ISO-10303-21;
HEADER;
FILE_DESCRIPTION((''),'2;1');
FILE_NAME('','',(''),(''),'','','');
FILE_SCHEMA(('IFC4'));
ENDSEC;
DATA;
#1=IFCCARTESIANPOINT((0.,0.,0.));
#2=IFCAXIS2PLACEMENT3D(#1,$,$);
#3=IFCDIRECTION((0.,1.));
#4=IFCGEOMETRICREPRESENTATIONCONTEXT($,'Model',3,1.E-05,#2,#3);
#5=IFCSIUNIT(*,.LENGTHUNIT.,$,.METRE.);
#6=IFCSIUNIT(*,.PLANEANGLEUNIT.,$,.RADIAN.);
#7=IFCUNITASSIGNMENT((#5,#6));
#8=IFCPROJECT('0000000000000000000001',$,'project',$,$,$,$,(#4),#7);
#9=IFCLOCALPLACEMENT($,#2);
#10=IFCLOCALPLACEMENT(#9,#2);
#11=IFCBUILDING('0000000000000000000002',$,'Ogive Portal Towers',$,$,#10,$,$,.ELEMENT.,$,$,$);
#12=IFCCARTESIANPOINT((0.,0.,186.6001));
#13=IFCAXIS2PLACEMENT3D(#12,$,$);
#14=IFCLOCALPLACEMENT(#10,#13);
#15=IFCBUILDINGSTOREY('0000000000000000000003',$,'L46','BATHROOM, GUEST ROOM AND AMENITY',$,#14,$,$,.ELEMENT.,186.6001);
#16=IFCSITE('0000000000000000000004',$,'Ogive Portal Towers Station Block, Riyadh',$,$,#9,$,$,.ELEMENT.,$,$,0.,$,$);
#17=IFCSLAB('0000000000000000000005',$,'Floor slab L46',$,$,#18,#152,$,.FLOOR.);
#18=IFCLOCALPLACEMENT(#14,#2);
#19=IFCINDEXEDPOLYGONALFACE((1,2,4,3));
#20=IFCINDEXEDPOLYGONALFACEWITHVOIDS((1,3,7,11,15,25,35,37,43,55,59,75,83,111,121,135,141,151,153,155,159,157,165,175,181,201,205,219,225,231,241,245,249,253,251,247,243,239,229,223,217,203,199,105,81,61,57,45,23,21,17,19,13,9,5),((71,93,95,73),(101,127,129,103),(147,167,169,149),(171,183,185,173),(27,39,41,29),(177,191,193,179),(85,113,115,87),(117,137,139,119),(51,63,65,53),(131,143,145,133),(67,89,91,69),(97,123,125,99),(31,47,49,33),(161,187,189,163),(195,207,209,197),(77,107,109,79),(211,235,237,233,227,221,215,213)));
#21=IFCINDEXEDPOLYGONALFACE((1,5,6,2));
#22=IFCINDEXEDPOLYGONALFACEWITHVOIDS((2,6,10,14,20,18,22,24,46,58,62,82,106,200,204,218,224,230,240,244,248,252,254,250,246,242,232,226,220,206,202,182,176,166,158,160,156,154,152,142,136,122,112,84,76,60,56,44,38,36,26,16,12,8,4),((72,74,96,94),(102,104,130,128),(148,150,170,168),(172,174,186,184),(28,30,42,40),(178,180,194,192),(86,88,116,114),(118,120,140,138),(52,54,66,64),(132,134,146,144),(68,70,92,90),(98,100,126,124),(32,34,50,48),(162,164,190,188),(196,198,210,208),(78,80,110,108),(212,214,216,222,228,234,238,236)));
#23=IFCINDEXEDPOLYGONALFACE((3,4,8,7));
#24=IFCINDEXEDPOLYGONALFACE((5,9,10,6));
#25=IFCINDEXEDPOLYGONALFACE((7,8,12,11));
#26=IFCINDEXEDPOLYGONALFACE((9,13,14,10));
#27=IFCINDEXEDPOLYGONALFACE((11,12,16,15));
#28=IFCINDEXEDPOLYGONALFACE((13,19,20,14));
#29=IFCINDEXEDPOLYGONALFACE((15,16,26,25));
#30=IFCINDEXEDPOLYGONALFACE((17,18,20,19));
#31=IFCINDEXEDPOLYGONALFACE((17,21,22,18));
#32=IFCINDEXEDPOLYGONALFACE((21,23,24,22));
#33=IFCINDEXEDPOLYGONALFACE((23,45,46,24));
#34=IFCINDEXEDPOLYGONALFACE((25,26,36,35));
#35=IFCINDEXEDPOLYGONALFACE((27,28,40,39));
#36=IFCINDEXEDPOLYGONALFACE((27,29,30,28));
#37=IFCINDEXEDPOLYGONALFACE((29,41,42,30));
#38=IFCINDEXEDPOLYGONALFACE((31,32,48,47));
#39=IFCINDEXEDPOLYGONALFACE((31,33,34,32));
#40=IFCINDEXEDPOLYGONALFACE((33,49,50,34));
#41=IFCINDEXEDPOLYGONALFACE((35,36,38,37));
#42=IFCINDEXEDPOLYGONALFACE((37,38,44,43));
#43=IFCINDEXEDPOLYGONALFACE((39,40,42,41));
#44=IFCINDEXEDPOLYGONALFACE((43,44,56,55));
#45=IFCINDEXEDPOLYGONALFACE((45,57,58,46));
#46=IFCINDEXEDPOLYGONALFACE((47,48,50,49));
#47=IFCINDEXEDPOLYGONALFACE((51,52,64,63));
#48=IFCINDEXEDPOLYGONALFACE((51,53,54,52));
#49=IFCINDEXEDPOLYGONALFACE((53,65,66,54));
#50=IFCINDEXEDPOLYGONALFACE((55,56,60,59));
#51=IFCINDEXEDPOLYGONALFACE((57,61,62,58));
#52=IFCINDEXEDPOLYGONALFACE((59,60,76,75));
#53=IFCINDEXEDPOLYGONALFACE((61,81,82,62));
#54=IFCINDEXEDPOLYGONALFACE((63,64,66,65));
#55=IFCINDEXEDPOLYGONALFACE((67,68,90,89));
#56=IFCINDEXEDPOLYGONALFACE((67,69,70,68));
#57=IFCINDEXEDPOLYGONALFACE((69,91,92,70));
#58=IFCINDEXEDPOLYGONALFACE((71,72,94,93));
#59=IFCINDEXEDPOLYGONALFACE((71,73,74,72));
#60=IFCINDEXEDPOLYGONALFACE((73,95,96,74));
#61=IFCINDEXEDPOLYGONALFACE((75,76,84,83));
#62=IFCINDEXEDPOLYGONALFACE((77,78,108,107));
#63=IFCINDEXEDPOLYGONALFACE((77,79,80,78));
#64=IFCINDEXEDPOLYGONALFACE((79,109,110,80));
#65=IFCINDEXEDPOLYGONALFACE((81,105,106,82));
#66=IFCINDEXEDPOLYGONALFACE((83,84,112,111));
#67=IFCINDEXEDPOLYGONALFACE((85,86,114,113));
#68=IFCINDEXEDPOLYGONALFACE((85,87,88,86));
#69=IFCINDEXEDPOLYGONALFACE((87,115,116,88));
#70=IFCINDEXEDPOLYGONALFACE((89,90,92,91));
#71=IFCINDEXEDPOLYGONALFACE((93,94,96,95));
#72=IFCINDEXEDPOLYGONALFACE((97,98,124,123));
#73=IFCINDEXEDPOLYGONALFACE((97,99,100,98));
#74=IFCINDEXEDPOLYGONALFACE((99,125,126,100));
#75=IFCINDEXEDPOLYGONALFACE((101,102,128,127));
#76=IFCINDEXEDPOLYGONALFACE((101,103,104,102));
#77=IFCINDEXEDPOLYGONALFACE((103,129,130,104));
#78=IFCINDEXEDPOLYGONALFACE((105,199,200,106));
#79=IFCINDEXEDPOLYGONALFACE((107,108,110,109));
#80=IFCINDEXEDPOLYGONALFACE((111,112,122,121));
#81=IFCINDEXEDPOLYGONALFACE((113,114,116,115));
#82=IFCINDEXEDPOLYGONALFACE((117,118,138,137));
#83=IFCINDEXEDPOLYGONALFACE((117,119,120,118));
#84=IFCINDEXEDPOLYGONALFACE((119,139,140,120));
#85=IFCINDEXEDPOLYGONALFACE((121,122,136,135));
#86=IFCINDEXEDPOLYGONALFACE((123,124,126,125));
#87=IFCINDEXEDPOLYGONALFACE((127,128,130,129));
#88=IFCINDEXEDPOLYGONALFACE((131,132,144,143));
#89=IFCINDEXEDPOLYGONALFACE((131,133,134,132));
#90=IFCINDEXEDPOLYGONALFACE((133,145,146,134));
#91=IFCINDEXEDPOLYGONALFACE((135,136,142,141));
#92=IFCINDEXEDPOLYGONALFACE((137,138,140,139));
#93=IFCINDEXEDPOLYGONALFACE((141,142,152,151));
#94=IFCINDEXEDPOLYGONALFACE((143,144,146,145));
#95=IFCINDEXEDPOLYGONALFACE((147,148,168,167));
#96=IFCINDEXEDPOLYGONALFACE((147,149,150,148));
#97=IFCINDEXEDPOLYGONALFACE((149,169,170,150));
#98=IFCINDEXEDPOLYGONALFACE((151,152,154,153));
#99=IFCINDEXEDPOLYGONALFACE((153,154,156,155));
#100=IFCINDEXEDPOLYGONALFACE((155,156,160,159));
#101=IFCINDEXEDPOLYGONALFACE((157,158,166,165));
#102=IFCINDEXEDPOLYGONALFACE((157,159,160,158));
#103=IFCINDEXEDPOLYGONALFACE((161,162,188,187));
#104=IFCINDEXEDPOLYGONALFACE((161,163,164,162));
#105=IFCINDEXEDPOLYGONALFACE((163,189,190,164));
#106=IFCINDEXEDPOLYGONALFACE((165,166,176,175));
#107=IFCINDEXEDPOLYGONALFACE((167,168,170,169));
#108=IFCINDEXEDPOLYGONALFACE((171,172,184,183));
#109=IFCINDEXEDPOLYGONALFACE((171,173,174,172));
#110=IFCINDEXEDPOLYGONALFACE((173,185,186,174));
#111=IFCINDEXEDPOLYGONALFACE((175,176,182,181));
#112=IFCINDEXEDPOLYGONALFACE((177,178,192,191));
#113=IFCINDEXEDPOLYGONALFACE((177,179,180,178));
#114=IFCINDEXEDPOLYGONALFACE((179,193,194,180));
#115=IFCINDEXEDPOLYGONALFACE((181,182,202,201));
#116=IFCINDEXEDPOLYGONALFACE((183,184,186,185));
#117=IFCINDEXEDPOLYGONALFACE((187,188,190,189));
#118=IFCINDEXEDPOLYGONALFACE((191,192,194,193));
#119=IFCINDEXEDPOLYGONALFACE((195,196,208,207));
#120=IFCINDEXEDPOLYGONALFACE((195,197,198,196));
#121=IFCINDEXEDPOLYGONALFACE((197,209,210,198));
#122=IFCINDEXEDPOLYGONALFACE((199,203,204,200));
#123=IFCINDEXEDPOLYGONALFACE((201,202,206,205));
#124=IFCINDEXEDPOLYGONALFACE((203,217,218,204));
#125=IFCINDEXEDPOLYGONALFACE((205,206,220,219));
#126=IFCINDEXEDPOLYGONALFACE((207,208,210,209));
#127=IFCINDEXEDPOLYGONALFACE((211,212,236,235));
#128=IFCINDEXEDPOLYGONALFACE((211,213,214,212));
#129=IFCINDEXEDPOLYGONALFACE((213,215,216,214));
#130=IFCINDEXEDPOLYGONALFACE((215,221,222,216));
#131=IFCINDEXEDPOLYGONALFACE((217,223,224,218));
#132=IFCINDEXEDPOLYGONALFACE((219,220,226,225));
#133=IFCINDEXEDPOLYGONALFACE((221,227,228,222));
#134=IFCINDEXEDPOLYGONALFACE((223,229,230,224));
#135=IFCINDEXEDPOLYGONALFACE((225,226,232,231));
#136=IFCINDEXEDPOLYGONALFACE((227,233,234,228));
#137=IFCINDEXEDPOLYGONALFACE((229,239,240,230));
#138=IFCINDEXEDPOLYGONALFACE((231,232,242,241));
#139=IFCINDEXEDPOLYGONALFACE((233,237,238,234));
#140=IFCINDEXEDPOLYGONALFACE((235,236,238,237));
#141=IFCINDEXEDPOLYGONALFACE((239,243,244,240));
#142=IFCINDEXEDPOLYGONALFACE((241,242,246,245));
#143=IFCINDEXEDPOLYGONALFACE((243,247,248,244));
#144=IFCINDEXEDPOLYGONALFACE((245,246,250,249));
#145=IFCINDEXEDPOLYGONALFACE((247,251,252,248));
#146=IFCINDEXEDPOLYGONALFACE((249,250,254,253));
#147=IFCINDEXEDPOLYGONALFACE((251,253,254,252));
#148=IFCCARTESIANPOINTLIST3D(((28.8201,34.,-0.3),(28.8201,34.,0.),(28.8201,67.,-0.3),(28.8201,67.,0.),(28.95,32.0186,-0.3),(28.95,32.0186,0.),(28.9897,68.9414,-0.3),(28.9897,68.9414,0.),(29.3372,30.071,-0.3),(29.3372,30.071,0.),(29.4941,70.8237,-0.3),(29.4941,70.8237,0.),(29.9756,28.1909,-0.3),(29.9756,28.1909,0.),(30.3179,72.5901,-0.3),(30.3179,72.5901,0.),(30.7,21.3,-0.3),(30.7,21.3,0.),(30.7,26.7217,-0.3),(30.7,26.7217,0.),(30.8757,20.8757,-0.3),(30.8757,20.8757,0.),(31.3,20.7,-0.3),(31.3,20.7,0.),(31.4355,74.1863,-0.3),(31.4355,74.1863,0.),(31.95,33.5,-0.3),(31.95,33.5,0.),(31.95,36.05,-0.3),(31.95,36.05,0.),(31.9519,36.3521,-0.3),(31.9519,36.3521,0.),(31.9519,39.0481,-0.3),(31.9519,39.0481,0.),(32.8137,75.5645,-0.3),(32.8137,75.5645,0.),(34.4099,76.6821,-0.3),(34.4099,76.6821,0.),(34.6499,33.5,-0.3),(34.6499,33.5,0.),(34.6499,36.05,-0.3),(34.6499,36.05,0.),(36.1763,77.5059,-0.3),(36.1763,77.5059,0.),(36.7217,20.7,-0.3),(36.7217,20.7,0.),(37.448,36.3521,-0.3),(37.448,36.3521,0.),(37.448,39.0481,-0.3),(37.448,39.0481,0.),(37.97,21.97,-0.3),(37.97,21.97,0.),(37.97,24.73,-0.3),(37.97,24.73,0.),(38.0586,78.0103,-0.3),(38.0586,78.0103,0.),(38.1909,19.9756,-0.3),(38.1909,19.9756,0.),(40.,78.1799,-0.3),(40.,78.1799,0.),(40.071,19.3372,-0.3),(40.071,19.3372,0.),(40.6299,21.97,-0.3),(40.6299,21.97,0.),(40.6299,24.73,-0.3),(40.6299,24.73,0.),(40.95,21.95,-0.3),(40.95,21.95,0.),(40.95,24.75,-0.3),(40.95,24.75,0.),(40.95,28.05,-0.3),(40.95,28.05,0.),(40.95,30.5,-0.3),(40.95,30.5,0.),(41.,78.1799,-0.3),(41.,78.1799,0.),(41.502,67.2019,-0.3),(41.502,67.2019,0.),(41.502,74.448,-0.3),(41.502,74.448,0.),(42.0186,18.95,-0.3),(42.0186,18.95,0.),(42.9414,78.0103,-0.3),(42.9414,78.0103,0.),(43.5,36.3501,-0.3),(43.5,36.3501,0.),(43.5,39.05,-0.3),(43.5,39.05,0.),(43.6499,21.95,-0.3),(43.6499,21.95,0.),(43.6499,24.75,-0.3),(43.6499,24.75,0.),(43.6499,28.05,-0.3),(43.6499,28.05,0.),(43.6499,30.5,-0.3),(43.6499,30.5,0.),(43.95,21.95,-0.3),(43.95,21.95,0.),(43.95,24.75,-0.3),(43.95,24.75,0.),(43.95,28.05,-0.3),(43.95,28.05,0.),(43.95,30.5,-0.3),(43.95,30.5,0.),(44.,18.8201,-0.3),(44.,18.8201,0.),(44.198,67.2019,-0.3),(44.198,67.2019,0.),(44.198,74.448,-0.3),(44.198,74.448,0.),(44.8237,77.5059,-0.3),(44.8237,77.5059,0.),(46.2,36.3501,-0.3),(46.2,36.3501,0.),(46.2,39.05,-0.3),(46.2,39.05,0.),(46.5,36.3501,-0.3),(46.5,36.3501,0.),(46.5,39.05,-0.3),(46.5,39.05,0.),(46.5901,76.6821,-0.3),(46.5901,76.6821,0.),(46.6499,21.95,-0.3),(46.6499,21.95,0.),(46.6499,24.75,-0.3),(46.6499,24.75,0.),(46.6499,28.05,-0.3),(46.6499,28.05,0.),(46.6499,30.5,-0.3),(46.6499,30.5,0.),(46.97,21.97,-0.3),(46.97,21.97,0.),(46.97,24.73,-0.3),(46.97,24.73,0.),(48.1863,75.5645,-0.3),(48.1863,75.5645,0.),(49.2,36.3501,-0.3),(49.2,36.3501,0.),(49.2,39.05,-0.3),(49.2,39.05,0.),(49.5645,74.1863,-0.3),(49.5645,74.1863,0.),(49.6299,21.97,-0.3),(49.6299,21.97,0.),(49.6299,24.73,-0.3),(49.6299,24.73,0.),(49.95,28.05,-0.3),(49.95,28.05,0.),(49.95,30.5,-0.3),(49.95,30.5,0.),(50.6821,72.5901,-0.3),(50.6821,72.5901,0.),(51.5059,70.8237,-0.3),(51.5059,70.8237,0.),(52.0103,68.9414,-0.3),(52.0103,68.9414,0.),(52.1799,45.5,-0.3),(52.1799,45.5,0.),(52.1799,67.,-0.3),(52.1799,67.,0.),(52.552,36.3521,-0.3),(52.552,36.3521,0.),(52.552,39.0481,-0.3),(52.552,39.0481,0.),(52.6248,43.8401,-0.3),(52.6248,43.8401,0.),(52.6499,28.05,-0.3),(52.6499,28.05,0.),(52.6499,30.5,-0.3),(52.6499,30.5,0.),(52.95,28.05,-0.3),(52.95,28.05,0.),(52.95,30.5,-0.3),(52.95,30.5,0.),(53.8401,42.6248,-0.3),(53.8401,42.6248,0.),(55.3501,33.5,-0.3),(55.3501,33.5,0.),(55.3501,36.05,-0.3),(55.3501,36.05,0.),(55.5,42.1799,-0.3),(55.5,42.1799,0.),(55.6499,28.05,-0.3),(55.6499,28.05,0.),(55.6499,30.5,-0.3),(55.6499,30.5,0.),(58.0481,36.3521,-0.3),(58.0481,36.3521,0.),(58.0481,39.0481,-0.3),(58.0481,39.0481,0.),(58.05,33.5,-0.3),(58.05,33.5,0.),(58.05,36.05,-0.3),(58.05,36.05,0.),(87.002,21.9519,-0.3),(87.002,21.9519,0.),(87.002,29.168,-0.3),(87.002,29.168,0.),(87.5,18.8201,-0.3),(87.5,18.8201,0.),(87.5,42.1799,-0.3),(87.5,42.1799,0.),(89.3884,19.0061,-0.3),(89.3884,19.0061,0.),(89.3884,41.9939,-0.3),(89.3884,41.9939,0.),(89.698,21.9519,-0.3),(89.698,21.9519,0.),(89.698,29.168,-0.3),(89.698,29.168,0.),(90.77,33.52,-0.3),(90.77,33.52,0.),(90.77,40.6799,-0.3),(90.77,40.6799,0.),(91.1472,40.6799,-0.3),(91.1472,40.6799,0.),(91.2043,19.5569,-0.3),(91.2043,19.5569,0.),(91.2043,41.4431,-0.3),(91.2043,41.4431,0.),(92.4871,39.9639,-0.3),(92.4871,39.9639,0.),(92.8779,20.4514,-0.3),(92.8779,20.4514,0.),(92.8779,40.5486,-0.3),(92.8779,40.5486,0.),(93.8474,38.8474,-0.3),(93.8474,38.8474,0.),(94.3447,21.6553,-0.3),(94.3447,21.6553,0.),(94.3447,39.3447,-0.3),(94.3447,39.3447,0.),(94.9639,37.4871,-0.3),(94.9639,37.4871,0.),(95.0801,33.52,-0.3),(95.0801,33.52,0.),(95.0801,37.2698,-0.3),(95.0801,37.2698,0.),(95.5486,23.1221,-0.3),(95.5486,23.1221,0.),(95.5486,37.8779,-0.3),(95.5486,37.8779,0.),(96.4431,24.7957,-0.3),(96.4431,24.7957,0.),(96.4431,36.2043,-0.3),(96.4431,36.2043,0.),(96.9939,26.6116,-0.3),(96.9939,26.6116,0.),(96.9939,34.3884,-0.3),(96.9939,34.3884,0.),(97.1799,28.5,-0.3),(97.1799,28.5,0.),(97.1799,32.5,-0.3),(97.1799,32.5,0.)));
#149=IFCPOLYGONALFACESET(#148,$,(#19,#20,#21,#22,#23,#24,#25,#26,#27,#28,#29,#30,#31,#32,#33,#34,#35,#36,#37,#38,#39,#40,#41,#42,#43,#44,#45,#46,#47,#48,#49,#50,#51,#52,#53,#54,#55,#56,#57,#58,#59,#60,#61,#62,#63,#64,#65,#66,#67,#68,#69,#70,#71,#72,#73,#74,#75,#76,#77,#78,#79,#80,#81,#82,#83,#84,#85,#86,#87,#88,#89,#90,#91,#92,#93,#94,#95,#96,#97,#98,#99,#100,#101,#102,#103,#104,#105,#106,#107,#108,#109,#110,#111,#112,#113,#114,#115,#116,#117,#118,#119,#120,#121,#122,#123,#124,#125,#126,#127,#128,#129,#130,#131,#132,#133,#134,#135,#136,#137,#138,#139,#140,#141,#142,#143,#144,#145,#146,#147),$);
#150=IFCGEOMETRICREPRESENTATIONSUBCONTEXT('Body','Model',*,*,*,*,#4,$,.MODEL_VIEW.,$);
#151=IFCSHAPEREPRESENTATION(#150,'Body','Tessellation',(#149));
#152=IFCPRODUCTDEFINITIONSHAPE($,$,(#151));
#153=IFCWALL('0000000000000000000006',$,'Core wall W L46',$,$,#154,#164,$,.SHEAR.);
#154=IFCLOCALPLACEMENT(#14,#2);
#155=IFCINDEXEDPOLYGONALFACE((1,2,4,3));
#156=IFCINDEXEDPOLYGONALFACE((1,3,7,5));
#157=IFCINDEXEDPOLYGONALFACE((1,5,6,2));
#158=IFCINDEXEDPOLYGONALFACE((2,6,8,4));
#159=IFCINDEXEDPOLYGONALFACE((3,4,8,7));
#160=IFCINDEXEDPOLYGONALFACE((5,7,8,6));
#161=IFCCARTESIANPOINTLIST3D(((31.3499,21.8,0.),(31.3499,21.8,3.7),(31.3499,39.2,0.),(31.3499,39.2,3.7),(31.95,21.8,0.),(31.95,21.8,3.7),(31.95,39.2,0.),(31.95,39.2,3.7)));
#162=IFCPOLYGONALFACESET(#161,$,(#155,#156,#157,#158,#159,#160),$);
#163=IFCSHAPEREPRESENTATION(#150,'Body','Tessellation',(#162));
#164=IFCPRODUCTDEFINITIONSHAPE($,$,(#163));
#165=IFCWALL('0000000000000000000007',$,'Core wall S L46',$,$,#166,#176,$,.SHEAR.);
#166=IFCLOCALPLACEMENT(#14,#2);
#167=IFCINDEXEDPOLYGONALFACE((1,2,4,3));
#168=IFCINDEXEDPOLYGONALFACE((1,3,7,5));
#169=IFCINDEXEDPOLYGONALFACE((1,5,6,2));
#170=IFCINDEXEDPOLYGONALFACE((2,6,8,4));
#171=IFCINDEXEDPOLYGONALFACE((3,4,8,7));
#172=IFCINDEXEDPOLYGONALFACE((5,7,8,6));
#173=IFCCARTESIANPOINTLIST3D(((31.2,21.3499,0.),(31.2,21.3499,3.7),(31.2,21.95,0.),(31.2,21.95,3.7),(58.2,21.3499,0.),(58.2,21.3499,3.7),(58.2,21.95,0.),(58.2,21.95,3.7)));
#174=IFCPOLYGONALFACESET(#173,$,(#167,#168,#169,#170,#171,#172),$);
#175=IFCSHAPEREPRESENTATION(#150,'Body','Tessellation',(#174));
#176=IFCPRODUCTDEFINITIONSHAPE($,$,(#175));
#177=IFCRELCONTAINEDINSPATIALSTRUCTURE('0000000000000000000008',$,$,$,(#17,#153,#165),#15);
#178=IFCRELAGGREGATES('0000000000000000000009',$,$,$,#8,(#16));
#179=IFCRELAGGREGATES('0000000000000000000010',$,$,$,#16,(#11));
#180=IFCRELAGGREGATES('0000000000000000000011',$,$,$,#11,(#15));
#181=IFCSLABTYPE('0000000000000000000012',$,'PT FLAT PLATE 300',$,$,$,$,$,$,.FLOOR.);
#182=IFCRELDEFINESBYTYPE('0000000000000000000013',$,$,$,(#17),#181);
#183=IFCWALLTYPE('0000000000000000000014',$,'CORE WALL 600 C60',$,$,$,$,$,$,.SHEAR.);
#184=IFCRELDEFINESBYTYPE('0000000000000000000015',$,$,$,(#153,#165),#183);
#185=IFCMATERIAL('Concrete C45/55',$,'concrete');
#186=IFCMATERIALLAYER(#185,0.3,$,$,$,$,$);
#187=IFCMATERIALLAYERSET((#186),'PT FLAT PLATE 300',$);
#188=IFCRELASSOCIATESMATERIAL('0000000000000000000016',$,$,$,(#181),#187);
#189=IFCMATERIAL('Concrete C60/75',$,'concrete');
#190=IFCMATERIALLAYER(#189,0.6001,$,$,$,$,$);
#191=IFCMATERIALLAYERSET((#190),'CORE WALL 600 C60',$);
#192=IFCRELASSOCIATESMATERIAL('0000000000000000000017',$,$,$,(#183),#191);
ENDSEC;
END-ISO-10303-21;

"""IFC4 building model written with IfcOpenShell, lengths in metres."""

from ifc_helpers import new_model, si_unit, direction, frame, frame_2d, origin, place, context, subcontext, project, spatial, polyline, rectangle, outline, extrude, material, layer, layer_set, type_object, element, save


model = new_model("IFC4")

# Units and contexts
model_context = context("Model", 3, precision=1e-05, world=origin(), true_north=direction((0.0, 1.0)))
body_context = subcontext(model_context, "Body", "Model", "MODEL_VIEW")
ifc_project = project(units=[si_unit("LENGTHUNIT", "METRE"), si_unit("PLANEANGLEUNIT", "RADIAN")], contexts=[model_context])

# Site, building, storey
site_placement = place(None, origin())
site = spatial("IfcSite", under=ifc_project, at=site_placement, Name="Ogive Portal Towers Station Block, Riyadh", CompositionType="ELEMENT", RefElevation=0.0)
building_placement = place(site_placement, origin())
building = spatial("IfcBuilding", under=site, at=building_placement, Name="Ogive Portal Towers", CompositionType="ELEMENT")
storey_placement = place(building_placement, frame((0.0, 0.0, 186.6001)))
storey = spatial("IfcBuildingStorey", under=building, at=storey_placement, Name="L46", Description="BATHROOM, GUEST ROOM AND AMENITY", CompositionType="ELEMENT", Elevation=186.6001)

# Slab
ifc_material_1 = material(Name="Concrete C45/55", Category="concrete")
ifc_layer_1 = layer(ifc_material_1, 0.3)
ifc_layer_set_1 = layer_set([ifc_layer_1], Name="PT FLAT PLATE 300")
slab_type_1 = type_object("IfcSlabType", Name="PT FLAT PLATE 300", PredefinedType="FLOOR", material=ifc_layer_set_1)
slab_1_placement = place(storey_placement, frame((0.0, 0.0, -0.3)))
element("IfcSlab", 1, at=slab_1_placement, inside=storey, type_object=slab_type_1, Name="Floor slab L46", PredefinedType="FLOOR", context=body_context, shape_type="SweptSolid", body=[
    extrude(outline(polyline([(29.3372, 30.071), (29.9756, 28.1909), (30.7, 26.7217), (30.7, 21.3), (30.8757, 20.8757), (31.3, 20.7), (36.7217, 20.7), (38.1909, 19.9756), (40.071, 19.3372), (42.0186, 18.95), (44.0, 18.8201), (87.5, 18.8201), (89.3884, 19.0061), (91.2043, 19.5569), (92.8779, 20.4514), (94.3447, 21.6553), (95.5486, 23.1221), (96.4431, 24.7957), (96.9939, 26.6116), (97.1799, 28.5), (97.1799, 32.5), (96.9939, 34.3884), (96.4431, 36.2043), (95.5486, 37.8779), (94.3447, 39.3447), (92.8779, 40.5486), (91.2043, 41.4431), (89.3884, 41.9939), (87.5, 42.1799), (55.5, 42.1799), (53.8401, 42.6248), (52.6248, 43.8401), (52.1799, 45.5), (52.1799, 67.0), (52.0103, 68.9414), (51.5059, 70.8237), (50.6821, 72.5901), (49.5645, 74.1863), (48.1863, 75.5645), (46.5901, 76.6821), (44.8237, 77.5059), (42.9414, 78.0103), (41.0, 78.1799), (40.0, 78.1799), (38.0586, 78.0103), (36.1763, 77.5059), (34.4099, 76.6821), (32.8137, 75.5645), (31.4355, 74.1863), (30.3179, 72.5901), (29.4941, 70.8237), (28.9897, 68.9414), (28.8201, 67.0), (28.8201, 34.0), (28.95, 32.0186), (29.3372, 30.071)]), holes=[polyline([(40.6299, 21.97), (37.97, 21.97), (37.97, 24.73), (40.6299, 24.73), (40.6299, 21.97)]), polyline([(43.6499, 24.75), (43.6499, 21.95), (40.95, 21.95), (40.95, 24.75), (43.6499, 24.75)]), polyline([(46.6499, 24.75), (46.6499, 21.95), (43.95, 21.95), (43.95, 24.75), (46.6499, 24.75)]), polyline([(43.6499, 30.5), (43.6499, 28.05), (40.95, 28.05), (40.95, 30.5), (43.6499, 30.5)]), polyline([(46.6499, 30.5), (46.6499, 28.05), (43.95, 28.05), (43.95, 30.5), (46.6499, 30.5)]), polyline([(34.6499, 36.05), (34.6499, 33.5), (31.95, 33.5), (31.95, 36.05), (34.6499, 36.05)]), polyline([(31.9519, 39.0481), (37.448, 39.0481), (37.448, 36.3521), (31.9519, 36.3521), (31.9519, 39.0481)]), polyline([(46.2, 39.05), (46.2, 36.3501), (43.5, 36.3501), (43.5, 39.05), (46.2, 39.05)]), polyline([(44.198, 74.448), (44.198, 67.2019), (41.502, 67.2019), (41.502, 74.448), (44.198, 74.448)]), polyline([(49.6299, 21.97), (46.97, 21.97), (46.97, 24.73), (49.6299, 24.73), (49.6299, 21.97)]), polyline([(87.002, 21.9519), (87.002, 29.168), (89.698, 29.168), (89.698, 21.9519), (87.002, 21.9519)]), polyline([(52.6499, 30.5), (52.6499, 28.05), (49.95, 28.05), (49.95, 30.5), (52.6499, 30.5)]), polyline([(55.6499, 30.5), (55.6499, 28.05), (52.95, 28.05), (52.95, 30.5), (55.6499, 30.5)]), polyline([(58.05, 36.05), (58.05, 33.5), (55.3501, 33.5), (55.3501, 36.05), (58.05, 36.05)]), polyline([(93.8474, 38.8474), (94.9639, 37.4871), (95.0801, 37.2698), (95.0801, 33.52), (90.77, 33.52), (90.77, 40.6799), (91.1472, 40.6799), (92.4871, 39.9639), (93.8474, 38.8474)]), polyline([(49.2, 36.3501), (46.5, 36.3501), (46.5, 39.05), (49.2, 39.05), (49.2, 36.3501)]), polyline([(52.552, 36.3521), (52.552, 39.0481), (58.0481, 39.0481), (58.0481, 36.3521), (52.552, 36.3521)])]), origin(), (0.0, 0.0, 1.0), 0.3),
])

# Walls
ifc_material_2 = material(Name="Concrete C60/75", Category="concrete")
ifc_layer_2 = layer(ifc_material_2, 0.6001)
ifc_layer_set_2 = layer_set([ifc_layer_2], Name="CORE WALL 600 C60")
wall_type_1 = type_object("IfcWallType", Name="CORE WALL 600 C60", PredefinedType="SHEAR", material=ifc_layer_set_2)
wall_1_placement = place(storey_placement, frame((31.6499, 21.8, 0.0), z_axis=(0.0, 0.0, 1.0), x_axis=(0.0, 1.0, 0.0)))
element("IfcWall", 2, at=wall_1_placement, inside=storey, type_object=wall_type_1, Name="Core wall W L46", PredefinedType="SHEAR", context=body_context, shape_type="SweptSolid", body=[
    extrude(rectangle(XDim=17.3999, YDim=0.6001, at=frame_2d((8.7, 0.0))), origin(), (0.0, 0.0, 1.0), 3.7),
])
wall_2_placement = place(storey_placement, frame((31.2, 21.6499, 0.0), z_axis=(0.0, 0.0, 1.0), x_axis=(1.0, 0.0, 0.0)))
element("IfcWall", 3, at=wall_2_placement, inside=storey, type_object=wall_type_1, Name="Core wall S L46", PredefinedType="SHEAR", context=body_context, shape_type="SweptSolid", body=[
    extrude(rectangle(XDim=27.0, YDim=0.6001, at=frame_2d((13.5, 0.0))), origin(), (0.0, 0.0, 1.0), 3.7),
])

save(model, "model.ifc")
